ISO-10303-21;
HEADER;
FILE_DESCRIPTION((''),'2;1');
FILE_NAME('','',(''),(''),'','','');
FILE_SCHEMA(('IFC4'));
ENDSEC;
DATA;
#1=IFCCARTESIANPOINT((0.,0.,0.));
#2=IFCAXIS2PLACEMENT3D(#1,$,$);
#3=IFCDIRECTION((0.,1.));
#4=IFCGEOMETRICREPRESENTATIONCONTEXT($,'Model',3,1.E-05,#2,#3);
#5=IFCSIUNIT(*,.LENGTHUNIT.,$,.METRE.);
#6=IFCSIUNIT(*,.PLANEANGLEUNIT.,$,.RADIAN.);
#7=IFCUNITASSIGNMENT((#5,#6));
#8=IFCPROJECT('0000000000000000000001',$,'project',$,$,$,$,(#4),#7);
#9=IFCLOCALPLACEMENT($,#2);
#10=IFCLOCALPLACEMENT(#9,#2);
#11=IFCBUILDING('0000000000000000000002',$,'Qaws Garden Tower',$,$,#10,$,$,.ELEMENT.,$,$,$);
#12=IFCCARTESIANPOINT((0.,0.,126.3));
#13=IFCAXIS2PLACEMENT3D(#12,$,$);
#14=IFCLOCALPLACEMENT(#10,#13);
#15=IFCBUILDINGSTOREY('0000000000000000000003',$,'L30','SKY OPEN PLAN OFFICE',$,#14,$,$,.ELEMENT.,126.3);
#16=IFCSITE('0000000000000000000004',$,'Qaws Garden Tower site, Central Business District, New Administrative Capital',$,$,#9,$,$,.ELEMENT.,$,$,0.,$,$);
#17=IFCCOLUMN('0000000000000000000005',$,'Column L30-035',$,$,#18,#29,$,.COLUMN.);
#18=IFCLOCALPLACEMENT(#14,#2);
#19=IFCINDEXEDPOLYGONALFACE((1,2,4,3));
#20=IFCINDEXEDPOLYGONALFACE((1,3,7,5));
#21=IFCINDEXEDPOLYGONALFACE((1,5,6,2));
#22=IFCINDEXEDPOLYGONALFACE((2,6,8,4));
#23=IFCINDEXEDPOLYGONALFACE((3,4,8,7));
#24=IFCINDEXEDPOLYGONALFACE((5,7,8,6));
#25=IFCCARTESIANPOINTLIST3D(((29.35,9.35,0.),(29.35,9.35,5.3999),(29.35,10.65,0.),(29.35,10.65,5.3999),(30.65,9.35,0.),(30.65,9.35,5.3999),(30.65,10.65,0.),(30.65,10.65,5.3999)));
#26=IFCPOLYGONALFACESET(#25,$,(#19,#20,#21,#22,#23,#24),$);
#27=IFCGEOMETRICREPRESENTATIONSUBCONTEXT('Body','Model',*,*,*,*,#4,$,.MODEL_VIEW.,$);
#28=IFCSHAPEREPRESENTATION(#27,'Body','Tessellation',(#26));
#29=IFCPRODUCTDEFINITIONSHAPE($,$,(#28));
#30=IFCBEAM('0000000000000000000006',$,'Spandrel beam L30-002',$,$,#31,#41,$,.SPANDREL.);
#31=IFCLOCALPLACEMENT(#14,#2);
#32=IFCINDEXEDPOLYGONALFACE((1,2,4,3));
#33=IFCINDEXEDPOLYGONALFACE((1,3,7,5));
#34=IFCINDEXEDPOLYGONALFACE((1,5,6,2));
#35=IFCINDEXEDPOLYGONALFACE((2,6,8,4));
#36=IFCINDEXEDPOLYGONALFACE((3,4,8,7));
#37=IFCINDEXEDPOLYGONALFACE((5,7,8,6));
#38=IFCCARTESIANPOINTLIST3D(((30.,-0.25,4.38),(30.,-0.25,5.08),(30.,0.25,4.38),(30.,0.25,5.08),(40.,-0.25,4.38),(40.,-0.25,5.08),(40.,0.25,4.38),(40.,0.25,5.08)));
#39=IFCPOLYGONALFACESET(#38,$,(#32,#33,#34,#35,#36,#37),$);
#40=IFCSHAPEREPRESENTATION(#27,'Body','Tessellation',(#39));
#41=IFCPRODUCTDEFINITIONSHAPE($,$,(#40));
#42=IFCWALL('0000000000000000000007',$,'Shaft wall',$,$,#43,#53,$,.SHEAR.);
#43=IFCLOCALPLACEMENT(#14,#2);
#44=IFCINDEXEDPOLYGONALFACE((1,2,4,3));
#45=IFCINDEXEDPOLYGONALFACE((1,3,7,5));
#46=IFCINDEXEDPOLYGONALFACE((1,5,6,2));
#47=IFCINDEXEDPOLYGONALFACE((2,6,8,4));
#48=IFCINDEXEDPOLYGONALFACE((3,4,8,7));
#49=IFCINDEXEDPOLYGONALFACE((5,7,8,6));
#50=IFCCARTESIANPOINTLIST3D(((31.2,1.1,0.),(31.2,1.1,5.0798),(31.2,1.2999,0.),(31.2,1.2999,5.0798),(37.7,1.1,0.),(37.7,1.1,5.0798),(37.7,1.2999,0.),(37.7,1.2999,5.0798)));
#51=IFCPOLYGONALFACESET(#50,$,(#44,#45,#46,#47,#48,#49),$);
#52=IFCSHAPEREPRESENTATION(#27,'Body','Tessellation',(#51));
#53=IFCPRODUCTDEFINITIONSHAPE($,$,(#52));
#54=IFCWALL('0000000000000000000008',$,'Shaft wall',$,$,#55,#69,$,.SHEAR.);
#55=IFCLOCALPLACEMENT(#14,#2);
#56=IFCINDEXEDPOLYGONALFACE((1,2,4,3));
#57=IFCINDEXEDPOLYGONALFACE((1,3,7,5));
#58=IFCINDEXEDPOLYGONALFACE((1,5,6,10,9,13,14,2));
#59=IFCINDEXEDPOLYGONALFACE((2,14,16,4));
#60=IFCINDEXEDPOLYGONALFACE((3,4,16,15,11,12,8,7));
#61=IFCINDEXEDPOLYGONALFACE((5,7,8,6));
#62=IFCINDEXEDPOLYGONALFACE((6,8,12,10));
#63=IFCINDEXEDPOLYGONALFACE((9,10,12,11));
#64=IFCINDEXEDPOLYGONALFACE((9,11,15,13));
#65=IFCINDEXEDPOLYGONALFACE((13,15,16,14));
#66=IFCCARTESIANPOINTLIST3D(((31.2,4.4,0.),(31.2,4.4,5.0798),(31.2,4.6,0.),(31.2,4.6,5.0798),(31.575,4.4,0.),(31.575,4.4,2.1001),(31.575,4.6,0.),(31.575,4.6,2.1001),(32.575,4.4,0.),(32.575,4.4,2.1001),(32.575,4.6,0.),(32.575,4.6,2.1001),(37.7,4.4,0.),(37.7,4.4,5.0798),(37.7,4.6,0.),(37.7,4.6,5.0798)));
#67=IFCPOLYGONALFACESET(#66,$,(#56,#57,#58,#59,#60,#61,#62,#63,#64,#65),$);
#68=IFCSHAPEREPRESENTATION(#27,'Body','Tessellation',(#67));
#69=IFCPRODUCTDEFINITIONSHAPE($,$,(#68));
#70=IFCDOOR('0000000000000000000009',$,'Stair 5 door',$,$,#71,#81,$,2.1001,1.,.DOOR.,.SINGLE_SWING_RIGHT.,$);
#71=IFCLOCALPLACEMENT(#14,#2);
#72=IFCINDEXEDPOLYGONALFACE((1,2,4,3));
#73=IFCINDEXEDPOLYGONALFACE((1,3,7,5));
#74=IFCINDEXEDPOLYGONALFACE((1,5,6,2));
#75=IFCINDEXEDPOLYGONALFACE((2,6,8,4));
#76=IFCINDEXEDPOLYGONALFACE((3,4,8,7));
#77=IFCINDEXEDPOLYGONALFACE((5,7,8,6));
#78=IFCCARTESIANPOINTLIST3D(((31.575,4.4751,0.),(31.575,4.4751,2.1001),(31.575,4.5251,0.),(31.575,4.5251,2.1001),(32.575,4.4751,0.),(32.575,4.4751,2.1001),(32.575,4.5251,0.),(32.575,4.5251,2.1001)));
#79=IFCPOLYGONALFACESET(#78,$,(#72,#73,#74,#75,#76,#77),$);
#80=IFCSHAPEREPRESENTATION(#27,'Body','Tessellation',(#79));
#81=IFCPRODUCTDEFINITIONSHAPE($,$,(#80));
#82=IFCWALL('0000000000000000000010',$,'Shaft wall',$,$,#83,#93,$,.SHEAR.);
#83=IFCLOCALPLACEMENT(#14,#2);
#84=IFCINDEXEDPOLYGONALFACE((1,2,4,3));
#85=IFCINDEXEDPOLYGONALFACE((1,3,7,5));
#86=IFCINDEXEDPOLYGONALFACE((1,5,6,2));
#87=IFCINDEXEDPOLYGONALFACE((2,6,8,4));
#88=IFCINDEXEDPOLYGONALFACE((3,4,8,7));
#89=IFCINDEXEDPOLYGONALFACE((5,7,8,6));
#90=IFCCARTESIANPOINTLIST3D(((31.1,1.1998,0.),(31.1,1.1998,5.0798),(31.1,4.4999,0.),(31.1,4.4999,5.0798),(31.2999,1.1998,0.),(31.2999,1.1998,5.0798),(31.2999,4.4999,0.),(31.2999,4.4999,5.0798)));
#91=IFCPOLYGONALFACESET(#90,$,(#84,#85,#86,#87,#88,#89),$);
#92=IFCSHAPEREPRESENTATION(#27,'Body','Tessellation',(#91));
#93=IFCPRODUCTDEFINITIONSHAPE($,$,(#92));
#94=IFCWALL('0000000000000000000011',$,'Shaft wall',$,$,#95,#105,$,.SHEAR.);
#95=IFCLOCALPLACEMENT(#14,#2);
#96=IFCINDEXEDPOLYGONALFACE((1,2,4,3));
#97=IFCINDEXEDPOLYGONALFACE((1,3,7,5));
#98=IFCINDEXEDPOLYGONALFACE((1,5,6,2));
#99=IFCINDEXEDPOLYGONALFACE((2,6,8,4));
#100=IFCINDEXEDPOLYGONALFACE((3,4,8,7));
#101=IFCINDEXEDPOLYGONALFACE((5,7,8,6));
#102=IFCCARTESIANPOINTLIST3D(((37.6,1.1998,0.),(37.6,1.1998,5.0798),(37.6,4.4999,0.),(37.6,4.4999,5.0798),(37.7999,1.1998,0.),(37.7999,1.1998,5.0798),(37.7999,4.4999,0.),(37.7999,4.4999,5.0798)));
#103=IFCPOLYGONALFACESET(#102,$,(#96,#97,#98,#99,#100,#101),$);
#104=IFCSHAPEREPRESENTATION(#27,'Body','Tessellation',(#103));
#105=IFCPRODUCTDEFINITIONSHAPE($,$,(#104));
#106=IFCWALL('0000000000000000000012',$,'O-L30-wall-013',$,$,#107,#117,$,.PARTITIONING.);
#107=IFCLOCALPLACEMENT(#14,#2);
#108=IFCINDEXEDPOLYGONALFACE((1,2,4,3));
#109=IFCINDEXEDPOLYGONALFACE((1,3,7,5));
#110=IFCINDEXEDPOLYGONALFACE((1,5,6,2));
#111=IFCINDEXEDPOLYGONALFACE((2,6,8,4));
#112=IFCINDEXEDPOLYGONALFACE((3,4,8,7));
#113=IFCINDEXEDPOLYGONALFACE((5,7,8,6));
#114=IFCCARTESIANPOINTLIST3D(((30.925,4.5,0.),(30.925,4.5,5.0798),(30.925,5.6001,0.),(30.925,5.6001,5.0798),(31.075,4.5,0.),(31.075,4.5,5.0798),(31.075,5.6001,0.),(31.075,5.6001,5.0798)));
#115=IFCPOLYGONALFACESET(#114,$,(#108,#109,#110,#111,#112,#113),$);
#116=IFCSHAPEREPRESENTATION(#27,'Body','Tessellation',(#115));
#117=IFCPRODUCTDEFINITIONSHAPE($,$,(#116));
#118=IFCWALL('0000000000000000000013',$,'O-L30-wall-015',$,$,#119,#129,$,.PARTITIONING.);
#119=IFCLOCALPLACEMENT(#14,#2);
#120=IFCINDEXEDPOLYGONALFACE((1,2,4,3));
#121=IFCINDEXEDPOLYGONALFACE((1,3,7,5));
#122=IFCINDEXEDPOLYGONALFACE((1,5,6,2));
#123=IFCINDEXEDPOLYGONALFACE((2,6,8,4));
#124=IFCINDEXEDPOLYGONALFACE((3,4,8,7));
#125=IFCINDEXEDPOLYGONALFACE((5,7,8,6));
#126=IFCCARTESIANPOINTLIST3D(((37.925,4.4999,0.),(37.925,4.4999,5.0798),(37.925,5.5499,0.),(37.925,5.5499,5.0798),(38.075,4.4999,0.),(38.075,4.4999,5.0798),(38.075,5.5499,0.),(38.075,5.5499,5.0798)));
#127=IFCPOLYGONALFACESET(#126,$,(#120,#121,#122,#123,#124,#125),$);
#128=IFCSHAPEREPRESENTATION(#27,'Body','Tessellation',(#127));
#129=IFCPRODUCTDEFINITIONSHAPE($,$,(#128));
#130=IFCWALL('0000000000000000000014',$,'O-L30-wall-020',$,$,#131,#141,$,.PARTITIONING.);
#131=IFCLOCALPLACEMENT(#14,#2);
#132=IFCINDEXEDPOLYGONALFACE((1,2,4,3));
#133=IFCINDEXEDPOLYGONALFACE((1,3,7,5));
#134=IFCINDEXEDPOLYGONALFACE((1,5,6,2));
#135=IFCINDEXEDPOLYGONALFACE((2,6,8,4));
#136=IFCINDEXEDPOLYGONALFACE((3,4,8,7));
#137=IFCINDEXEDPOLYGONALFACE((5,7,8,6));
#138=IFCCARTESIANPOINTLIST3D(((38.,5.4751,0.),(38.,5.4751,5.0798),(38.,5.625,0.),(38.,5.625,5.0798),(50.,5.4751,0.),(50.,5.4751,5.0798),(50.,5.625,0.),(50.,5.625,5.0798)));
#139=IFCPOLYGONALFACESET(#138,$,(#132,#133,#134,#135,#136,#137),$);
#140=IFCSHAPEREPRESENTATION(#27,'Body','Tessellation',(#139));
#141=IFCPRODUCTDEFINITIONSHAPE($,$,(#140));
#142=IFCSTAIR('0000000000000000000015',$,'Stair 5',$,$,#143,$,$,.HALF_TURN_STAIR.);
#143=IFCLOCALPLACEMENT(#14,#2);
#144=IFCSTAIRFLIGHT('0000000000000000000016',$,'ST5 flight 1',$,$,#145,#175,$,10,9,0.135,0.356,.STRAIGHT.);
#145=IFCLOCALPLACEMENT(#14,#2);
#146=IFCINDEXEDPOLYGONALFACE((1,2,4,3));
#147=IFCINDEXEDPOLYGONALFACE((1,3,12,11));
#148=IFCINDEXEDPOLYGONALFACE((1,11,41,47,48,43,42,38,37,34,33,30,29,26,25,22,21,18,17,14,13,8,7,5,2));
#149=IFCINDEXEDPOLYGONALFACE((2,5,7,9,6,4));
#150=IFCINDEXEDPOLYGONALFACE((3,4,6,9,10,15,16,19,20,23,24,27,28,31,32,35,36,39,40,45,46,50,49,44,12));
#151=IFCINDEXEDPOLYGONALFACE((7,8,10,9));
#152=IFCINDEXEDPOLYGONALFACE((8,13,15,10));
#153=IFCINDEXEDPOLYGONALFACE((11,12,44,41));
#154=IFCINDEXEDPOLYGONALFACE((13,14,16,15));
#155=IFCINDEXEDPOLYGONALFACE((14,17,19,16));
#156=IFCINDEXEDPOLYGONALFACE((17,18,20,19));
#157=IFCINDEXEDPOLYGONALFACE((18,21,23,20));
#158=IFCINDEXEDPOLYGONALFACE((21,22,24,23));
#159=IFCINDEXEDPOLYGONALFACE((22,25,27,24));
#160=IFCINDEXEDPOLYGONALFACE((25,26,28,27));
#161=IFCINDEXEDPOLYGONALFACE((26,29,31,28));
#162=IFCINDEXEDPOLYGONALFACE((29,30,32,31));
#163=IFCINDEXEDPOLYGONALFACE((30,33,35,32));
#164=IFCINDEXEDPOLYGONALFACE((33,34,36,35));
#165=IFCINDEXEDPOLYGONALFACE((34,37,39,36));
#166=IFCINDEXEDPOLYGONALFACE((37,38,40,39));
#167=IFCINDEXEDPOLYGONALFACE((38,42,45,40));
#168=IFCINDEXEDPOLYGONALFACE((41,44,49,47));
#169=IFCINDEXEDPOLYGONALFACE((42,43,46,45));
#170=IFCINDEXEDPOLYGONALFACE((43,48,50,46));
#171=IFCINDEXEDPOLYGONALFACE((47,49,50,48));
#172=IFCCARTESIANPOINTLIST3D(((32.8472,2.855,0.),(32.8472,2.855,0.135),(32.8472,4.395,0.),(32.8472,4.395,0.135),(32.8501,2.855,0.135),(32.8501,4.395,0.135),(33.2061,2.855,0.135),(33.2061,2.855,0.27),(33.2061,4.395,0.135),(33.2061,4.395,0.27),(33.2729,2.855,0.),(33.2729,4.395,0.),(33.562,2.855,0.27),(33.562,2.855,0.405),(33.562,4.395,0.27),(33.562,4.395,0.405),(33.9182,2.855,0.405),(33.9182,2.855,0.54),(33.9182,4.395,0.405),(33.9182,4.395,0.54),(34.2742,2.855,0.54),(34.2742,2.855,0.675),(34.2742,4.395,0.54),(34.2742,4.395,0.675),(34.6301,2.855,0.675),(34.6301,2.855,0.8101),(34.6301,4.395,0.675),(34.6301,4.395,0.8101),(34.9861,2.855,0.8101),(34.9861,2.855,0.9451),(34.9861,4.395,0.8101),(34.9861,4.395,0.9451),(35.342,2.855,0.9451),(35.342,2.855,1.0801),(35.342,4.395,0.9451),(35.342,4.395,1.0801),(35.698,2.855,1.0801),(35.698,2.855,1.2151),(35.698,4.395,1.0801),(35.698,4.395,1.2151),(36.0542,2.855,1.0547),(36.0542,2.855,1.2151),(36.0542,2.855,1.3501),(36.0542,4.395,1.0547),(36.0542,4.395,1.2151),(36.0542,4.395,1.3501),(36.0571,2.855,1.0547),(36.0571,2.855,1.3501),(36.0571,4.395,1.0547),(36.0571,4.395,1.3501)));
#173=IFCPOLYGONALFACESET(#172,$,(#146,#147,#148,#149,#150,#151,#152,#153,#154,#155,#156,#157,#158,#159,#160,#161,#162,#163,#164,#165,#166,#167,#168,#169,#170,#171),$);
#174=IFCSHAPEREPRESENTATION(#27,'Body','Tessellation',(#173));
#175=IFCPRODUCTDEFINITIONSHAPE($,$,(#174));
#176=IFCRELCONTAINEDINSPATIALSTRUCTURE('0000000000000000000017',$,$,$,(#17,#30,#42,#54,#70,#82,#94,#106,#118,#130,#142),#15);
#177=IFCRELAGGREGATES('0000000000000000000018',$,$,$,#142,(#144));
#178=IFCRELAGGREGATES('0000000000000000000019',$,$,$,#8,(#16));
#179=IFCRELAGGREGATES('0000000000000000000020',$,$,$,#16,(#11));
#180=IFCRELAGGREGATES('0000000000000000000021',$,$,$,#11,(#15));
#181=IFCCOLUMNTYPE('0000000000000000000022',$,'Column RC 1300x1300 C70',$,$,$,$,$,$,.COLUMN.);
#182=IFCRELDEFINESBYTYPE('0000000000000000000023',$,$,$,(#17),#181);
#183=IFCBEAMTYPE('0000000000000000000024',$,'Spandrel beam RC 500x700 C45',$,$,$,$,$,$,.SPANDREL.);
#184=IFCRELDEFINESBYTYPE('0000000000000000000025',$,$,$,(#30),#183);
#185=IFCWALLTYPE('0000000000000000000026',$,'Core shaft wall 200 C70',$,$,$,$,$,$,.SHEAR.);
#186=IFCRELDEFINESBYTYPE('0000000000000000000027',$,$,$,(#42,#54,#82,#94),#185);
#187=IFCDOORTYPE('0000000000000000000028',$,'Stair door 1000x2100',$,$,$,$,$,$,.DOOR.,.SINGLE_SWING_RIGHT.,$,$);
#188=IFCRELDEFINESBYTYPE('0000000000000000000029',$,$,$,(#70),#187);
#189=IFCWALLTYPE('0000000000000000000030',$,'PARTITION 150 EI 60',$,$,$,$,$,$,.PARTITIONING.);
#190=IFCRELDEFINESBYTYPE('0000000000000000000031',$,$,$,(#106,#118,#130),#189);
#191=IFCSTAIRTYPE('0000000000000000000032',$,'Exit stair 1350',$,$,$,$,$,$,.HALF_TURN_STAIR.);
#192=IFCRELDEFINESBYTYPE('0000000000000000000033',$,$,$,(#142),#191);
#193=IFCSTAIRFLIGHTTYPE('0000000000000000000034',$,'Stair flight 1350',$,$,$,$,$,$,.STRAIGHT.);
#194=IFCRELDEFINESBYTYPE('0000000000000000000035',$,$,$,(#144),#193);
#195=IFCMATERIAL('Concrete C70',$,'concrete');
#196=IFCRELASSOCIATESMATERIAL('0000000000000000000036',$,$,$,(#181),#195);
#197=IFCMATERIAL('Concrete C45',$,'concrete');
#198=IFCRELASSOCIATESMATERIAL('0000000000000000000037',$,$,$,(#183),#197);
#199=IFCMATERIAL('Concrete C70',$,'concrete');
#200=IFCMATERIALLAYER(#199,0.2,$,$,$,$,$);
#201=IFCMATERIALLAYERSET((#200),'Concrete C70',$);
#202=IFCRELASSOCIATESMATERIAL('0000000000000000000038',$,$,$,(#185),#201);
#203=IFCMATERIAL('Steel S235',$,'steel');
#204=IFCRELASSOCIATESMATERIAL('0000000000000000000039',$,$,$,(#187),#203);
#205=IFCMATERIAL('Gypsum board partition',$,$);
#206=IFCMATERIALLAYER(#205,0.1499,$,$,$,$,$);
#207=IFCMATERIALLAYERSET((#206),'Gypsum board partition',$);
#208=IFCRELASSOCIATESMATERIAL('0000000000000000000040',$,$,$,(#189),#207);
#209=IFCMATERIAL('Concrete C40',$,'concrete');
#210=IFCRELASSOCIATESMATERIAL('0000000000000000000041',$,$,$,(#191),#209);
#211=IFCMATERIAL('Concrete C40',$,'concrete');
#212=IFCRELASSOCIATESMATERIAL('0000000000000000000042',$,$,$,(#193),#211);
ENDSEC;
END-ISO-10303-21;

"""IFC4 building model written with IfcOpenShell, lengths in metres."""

from ifc_helpers import new_model, si_unit, direction, frame, frame_2d, origin, origin_2d, place, context, subcontext, project, spatial, polyline, rectangle, outline, extrude, material, layer, layer_set, material_profile, profile_set, type_object, element, fill, aggregate, save


model = new_model("IFC4")

# Units and contexts
model_context = context("Model", 3, precision=1e-05, world=origin(), true_north=direction((0.0, 1.0)))
body_context = subcontext(model_context, "Body", "Model", "MODEL_VIEW")
ifc_project = project(units=[si_unit("LENGTHUNIT", "METRE"), si_unit("PLANEANGLEUNIT", "RADIAN")], contexts=[model_context])

# Site, building, storey
site_placement = place(None, origin())
site = spatial("IfcSite", under=ifc_project, at=site_placement, Name="Qaws Garden Tower site, Central Business District, New Administrative Capital", CompositionType="ELEMENT", RefElevation=0.0)
building_placement = place(site_placement, origin())
building = spatial("IfcBuilding", under=site, at=building_placement, Name="Qaws Garden Tower", CompositionType="ELEMENT")
storey_placement = place(building_placement, frame((0.0, 0.0, 126.3)))
storey = spatial("IfcBuildingStorey", under=building, at=storey_placement, Name="L30", Description="SKY OPEN PLAN OFFICE", CompositionType="ELEMENT", Elevation=126.3)

# Column
ifc_material_1 = material(Name="Concrete C70", Category="concrete")
ifc_material_profile_1 = material_profile(ifc_material_1, rectangle(XDim=1.3, YDim=1.3, at=origin_2d()), Name="RC 1300x1300")
ifc_profile_set_1 = profile_set([ifc_material_profile_1], Name="Concrete C70")
column_type = type_object("IfcColumnType", Name="Column RC 1300x1300 C70", PredefinedType="COLUMN", material=ifc_profile_set_1)
column_placement = place(storey_placement, frame((30.0, 10.0, 0.0), z_axis=(0.0, 0.0, 1.0), x_axis=(1.0, 0.0, 0.0)))
element("IfcColumn", 1, at=column_placement, inside=storey, type_object=column_type, Name="Column L30-035", PredefinedType="COLUMN", context=body_context, shape_type="SweptSolid", body=[
    extrude(rectangle(XDim=1.3, YDim=1.3, at=origin_2d()), origin(), (0.0, 0.0, 1.0), 5.3999),
])

# Beam
ifc_material_2 = material(Name="Concrete C45", Category="concrete")
ifc_material_profile_2 = material_profile(ifc_material_2, rectangle(XDim=0.5, YDim=0.7, at=origin_2d()), Name="RC 500x700")
ifc_profile_set_2 = profile_set([ifc_material_profile_2], Name="Concrete C45")
beam_type = type_object("IfcBeamType", Name="Spandrel beam RC 500x700 C45", PredefinedType="SPANDREL", material=ifc_profile_set_2)
beam_placement = place(storey_placement, frame((30.0, 0.0, 4.73), z_axis=(1.0, 0.0, 0.0), x_axis=(0.0, 1.0, 0.0)))
element("IfcBeam", 2, at=beam_placement, inside=storey, type_object=beam_type, Name="Spandrel beam L30-002", PredefinedType="SPANDREL", context=body_context, shape_type="SweptSolid", body=[
    extrude(rectangle(XDim=0.5, YDim=0.7, at=origin_2d()), origin(), (0.0, 0.0, 1.0), 10.0),
])

# Wall
ifc_material_3 = material(Name="Concrete C70", Category="concrete")
ifc_layer_1 = layer(ifc_material_3, 0.2)
ifc_layer_set_1 = layer_set([ifc_layer_1], Name="Concrete C70")
wall_type_1 = type_object("IfcWallType", Name="Core shaft wall 200 C70", PredefinedType="SHEAR", material=ifc_layer_set_1)
wall_1_placement = place(storey_placement, frame((31.2, 1.2, 0.0), z_axis=(0.0, 0.0, 1.0), x_axis=(1.0, 0.0, 0.0)))
element("IfcWall", 3, at=wall_1_placement, inside=storey, type_object=wall_type_1, Name="Shaft wall", PredefinedType="SHEAR", context=body_context, shape_type="SweptSolid", body=[
    extrude(rectangle(XDim=6.5, YDim=0.2, at=frame_2d((3.25, 0.0))), origin(), (0.0, 0.0, 1.0), 5.0798),
])

# Wall, opening, door
wall_2_placement = place(storey_placement, frame((31.2, 4.5, 0.0), z_axis=(0.0, 0.0, 1.0), x_axis=(1.0, 0.0, 0.0)))
wall_2 = element("IfcWall", 4, at=wall_2_placement, inside=storey, type_object=wall_type_1, Name="Shaft wall", PredefinedType="SHEAR", context=body_context, shape_type="SweptSolid", body=[
    extrude(rectangle(XDim=6.5, YDim=0.2, at=frame_2d((3.25, 0.0))), origin(), (0.0, 0.0, 1.0), 5.0798),
])
opening_placement = place(wall_2_placement, frame((0.375, 0.0, 0.0)))
opening = element("IfcOpeningElement", 5, at=opening_placement, cuts=wall_2, PredefinedType="OPENING", context=body_context, shape_type="SweptSolid", body=[
    extrude(rectangle(XDim=1.0, YDim=2.1001, at=frame_2d((0.5, 1.05))), frame((0.0, 0.1099, 0.0), z_axis=(0.0, -1.0, 0.0), x_axis=(1.0, 0.0, 0.0)), (0.0, 0.0, 1.0), 0.22),
])
ifc_material_4 = material(Name="Steel S235", Category="steel")
door_type = type_object("IfcDoorType", Name="Stair door 1000x2100", OperationType="SINGLE_SWING_RIGHT", PredefinedType="DOOR", material=ifc_material_4)
door_placement = place(opening_placement, frame((1.0, 0.0, 0.0), z_axis=(0.0, 0.0, 1.0), x_axis=(-1.0, 0.0, 0.0)))
door = element("IfcDoor", 6, at=door_placement, inside=storey, type_object=door_type, Name="Stair 5 door", OperationType="SINGLE_SWING_RIGHT", OverallHeight=2.1001, OverallWidth=1.0, PredefinedType="DOOR", context=body_context, shape_type="SweptSolid", body=[
    extrude(rectangle(XDim=1.0, YDim=2.1001, at=frame_2d((0.5, 1.05))), frame((0.0, 0.0249, 0.0), z_axis=(0.0, -1.0, 0.0), x_axis=(1.0, 0.0, 0.0)), (0.0, 0.0, 1.0), 0.05),
])
fill(opening, door)

# Walls
for number, where, z_axis, x_axis, name in (
    (7, (31.2, 1.2, 0.0), (0.0, 0.0, 1.0), (0.0, 1.0, 0.0), "Shaft wall"),
    (8, (37.7, 1.2, 0.0), (0.0, 0.0, 1.0), (0.0, 1.0, 0.0), "Shaft wall"),
):
    element("IfcWall", number, at=place(storey_placement, frame(where, z_axis=z_axis, x_axis=x_axis)), inside=storey, type_object=wall_type_1, Name=name, PredefinedType="SHEAR", context=body_context, shape_type="SweptSolid", body=[
        extrude(rectangle(XDim=3.3, YDim=0.2, at=frame_2d((1.6499, 0.0))), origin(), (0.0, 0.0, 1.0), 5.0798),
    ])
ifc_material_5 = material(Name="Gypsum board partition")
ifc_layer_2 = layer(ifc_material_5, 0.1499)
ifc_layer_set_2 = layer_set([ifc_layer_2], Name="Gypsum board partition")
wall_type_2 = type_object("IfcWallType", Name="PARTITION 150 EI 60", PredefinedType="PARTITIONING", material=ifc_layer_set_2)
wall_3_placement = place(storey_placement, frame((31.0, 4.5, 0.0), z_axis=(0.0, 0.0, 1.0), x_axis=(0.0, 1.0, 0.0)))
element("IfcWall", 9, at=wall_3_placement, inside=storey, type_object=wall_type_2, Name="O-L30-wall-013", PredefinedType="PARTITIONING", context=body_context, shape_type="SweptSolid", body=[
    extrude(rectangle(XDim=1.1001, YDim=0.1499, at=frame_2d((0.55, 0.0))), origin(), (0.0, 0.0, 1.0), 5.0798),
])
wall_4_placement = place(storey_placement, frame((38.0, 4.5, 0.0), z_axis=(0.0, 0.0, 1.0), x_axis=(0.0, 1.0, 0.0)))
element("IfcWall", 10, at=wall_4_placement, inside=storey, type_object=wall_type_2, Name="O-L30-wall-015", PredefinedType="PARTITIONING", context=body_context, shape_type="SweptSolid", body=[
    extrude(rectangle(XDim=1.05, YDim=0.1499, at=frame_2d((0.5249, 0.0))), origin(), (0.0, 0.0, 1.0), 5.0798),
])
wall_5_placement = place(storey_placement, frame((38.0, 5.55, 0.0), z_axis=(0.0, 0.0, 1.0), x_axis=(1.0, 0.0, 0.0)))
element("IfcWall", 11, at=wall_5_placement, inside=storey, type_object=wall_type_2, Name="O-L30-wall-020", PredefinedType="PARTITIONING", context=body_context, shape_type="SweptSolid", body=[
    extrude(rectangle(XDim=12.0, YDim=0.1499, at=frame_2d((6.0, 0.0))), origin(), (0.0, 0.0, 1.0), 5.0798),
])

# Stair, stair flight
ifc_material_6 = material(Name="Concrete C40", Category="concrete")
stair_type = type_object("IfcStairType", Name="Exit stair 1350", PredefinedType="HALF_TURN_STAIR", material=ifc_material_6)
stair_placement = place(storey_placement, origin())
stair = element("IfcStair", 12, at=stair_placement, inside=storey, type_object=stair_type, Name="Stair 5", PredefinedType="HALF_TURN_STAIR")
ifc_material_7 = material(Name="Concrete C40", Category="concrete")
stair_flight_type = type_object("IfcStairFlightType", Name="Stair flight 1350", PredefinedType="STRAIGHT", material=ifc_material_7)
stair_flight_1_placement = place(storey_placement, frame((32.8501, 3.625, 0.0), z_axis=(0.0, 0.0, 1.0), x_axis=(1.0, 0.0, 0.0)))
stair_flight_1 = element("IfcStairFlight", 13, at=stair_flight_1_placement, type_object=stair_flight_type, Name="ST5 flight 1", NumberOfRisers=10, NumberOfTreads=9, PredefinedType="STRAIGHT", RiserHeight=0.135, TreadLength=0.356, context=body_context, shape_type="SweptSolid", body=[
    extrude(outline(polyline([(-0.0029, 0.0), (-0.0029, 0.135), (0.0, 0.135), (0.356, 0.135), (0.356, 0.27), (0.7119, 0.27), (0.7119, 0.405), (1.0681, 0.405), (1.0681, 0.54), (1.4241, 0.54), (1.4241, 0.675), (1.78, 0.675), (1.78, 0.8101), (2.136, 0.8101), (2.136, 0.9451), (2.4919, 0.9451), (2.4919, 1.0801), (2.8479, 1.0801), (2.8479, 1.2151), (3.2041, 1.2151), (3.2041, 1.3501), (3.207, 1.3501), (3.207, 1.0547), (3.2041, 1.0547), (0.4229, 0.0), (-0.0029, 0.0)])), frame((0.0, 0.77, 0.0), z_axis=(0.0, -1.0, 0.0), x_axis=(1.0, 0.0, 0.0)), (0.0, 0.0, 1.0), 1.54),
])
aggregate(stair, [stair_flight_1])

save(model, "model.ifc")
